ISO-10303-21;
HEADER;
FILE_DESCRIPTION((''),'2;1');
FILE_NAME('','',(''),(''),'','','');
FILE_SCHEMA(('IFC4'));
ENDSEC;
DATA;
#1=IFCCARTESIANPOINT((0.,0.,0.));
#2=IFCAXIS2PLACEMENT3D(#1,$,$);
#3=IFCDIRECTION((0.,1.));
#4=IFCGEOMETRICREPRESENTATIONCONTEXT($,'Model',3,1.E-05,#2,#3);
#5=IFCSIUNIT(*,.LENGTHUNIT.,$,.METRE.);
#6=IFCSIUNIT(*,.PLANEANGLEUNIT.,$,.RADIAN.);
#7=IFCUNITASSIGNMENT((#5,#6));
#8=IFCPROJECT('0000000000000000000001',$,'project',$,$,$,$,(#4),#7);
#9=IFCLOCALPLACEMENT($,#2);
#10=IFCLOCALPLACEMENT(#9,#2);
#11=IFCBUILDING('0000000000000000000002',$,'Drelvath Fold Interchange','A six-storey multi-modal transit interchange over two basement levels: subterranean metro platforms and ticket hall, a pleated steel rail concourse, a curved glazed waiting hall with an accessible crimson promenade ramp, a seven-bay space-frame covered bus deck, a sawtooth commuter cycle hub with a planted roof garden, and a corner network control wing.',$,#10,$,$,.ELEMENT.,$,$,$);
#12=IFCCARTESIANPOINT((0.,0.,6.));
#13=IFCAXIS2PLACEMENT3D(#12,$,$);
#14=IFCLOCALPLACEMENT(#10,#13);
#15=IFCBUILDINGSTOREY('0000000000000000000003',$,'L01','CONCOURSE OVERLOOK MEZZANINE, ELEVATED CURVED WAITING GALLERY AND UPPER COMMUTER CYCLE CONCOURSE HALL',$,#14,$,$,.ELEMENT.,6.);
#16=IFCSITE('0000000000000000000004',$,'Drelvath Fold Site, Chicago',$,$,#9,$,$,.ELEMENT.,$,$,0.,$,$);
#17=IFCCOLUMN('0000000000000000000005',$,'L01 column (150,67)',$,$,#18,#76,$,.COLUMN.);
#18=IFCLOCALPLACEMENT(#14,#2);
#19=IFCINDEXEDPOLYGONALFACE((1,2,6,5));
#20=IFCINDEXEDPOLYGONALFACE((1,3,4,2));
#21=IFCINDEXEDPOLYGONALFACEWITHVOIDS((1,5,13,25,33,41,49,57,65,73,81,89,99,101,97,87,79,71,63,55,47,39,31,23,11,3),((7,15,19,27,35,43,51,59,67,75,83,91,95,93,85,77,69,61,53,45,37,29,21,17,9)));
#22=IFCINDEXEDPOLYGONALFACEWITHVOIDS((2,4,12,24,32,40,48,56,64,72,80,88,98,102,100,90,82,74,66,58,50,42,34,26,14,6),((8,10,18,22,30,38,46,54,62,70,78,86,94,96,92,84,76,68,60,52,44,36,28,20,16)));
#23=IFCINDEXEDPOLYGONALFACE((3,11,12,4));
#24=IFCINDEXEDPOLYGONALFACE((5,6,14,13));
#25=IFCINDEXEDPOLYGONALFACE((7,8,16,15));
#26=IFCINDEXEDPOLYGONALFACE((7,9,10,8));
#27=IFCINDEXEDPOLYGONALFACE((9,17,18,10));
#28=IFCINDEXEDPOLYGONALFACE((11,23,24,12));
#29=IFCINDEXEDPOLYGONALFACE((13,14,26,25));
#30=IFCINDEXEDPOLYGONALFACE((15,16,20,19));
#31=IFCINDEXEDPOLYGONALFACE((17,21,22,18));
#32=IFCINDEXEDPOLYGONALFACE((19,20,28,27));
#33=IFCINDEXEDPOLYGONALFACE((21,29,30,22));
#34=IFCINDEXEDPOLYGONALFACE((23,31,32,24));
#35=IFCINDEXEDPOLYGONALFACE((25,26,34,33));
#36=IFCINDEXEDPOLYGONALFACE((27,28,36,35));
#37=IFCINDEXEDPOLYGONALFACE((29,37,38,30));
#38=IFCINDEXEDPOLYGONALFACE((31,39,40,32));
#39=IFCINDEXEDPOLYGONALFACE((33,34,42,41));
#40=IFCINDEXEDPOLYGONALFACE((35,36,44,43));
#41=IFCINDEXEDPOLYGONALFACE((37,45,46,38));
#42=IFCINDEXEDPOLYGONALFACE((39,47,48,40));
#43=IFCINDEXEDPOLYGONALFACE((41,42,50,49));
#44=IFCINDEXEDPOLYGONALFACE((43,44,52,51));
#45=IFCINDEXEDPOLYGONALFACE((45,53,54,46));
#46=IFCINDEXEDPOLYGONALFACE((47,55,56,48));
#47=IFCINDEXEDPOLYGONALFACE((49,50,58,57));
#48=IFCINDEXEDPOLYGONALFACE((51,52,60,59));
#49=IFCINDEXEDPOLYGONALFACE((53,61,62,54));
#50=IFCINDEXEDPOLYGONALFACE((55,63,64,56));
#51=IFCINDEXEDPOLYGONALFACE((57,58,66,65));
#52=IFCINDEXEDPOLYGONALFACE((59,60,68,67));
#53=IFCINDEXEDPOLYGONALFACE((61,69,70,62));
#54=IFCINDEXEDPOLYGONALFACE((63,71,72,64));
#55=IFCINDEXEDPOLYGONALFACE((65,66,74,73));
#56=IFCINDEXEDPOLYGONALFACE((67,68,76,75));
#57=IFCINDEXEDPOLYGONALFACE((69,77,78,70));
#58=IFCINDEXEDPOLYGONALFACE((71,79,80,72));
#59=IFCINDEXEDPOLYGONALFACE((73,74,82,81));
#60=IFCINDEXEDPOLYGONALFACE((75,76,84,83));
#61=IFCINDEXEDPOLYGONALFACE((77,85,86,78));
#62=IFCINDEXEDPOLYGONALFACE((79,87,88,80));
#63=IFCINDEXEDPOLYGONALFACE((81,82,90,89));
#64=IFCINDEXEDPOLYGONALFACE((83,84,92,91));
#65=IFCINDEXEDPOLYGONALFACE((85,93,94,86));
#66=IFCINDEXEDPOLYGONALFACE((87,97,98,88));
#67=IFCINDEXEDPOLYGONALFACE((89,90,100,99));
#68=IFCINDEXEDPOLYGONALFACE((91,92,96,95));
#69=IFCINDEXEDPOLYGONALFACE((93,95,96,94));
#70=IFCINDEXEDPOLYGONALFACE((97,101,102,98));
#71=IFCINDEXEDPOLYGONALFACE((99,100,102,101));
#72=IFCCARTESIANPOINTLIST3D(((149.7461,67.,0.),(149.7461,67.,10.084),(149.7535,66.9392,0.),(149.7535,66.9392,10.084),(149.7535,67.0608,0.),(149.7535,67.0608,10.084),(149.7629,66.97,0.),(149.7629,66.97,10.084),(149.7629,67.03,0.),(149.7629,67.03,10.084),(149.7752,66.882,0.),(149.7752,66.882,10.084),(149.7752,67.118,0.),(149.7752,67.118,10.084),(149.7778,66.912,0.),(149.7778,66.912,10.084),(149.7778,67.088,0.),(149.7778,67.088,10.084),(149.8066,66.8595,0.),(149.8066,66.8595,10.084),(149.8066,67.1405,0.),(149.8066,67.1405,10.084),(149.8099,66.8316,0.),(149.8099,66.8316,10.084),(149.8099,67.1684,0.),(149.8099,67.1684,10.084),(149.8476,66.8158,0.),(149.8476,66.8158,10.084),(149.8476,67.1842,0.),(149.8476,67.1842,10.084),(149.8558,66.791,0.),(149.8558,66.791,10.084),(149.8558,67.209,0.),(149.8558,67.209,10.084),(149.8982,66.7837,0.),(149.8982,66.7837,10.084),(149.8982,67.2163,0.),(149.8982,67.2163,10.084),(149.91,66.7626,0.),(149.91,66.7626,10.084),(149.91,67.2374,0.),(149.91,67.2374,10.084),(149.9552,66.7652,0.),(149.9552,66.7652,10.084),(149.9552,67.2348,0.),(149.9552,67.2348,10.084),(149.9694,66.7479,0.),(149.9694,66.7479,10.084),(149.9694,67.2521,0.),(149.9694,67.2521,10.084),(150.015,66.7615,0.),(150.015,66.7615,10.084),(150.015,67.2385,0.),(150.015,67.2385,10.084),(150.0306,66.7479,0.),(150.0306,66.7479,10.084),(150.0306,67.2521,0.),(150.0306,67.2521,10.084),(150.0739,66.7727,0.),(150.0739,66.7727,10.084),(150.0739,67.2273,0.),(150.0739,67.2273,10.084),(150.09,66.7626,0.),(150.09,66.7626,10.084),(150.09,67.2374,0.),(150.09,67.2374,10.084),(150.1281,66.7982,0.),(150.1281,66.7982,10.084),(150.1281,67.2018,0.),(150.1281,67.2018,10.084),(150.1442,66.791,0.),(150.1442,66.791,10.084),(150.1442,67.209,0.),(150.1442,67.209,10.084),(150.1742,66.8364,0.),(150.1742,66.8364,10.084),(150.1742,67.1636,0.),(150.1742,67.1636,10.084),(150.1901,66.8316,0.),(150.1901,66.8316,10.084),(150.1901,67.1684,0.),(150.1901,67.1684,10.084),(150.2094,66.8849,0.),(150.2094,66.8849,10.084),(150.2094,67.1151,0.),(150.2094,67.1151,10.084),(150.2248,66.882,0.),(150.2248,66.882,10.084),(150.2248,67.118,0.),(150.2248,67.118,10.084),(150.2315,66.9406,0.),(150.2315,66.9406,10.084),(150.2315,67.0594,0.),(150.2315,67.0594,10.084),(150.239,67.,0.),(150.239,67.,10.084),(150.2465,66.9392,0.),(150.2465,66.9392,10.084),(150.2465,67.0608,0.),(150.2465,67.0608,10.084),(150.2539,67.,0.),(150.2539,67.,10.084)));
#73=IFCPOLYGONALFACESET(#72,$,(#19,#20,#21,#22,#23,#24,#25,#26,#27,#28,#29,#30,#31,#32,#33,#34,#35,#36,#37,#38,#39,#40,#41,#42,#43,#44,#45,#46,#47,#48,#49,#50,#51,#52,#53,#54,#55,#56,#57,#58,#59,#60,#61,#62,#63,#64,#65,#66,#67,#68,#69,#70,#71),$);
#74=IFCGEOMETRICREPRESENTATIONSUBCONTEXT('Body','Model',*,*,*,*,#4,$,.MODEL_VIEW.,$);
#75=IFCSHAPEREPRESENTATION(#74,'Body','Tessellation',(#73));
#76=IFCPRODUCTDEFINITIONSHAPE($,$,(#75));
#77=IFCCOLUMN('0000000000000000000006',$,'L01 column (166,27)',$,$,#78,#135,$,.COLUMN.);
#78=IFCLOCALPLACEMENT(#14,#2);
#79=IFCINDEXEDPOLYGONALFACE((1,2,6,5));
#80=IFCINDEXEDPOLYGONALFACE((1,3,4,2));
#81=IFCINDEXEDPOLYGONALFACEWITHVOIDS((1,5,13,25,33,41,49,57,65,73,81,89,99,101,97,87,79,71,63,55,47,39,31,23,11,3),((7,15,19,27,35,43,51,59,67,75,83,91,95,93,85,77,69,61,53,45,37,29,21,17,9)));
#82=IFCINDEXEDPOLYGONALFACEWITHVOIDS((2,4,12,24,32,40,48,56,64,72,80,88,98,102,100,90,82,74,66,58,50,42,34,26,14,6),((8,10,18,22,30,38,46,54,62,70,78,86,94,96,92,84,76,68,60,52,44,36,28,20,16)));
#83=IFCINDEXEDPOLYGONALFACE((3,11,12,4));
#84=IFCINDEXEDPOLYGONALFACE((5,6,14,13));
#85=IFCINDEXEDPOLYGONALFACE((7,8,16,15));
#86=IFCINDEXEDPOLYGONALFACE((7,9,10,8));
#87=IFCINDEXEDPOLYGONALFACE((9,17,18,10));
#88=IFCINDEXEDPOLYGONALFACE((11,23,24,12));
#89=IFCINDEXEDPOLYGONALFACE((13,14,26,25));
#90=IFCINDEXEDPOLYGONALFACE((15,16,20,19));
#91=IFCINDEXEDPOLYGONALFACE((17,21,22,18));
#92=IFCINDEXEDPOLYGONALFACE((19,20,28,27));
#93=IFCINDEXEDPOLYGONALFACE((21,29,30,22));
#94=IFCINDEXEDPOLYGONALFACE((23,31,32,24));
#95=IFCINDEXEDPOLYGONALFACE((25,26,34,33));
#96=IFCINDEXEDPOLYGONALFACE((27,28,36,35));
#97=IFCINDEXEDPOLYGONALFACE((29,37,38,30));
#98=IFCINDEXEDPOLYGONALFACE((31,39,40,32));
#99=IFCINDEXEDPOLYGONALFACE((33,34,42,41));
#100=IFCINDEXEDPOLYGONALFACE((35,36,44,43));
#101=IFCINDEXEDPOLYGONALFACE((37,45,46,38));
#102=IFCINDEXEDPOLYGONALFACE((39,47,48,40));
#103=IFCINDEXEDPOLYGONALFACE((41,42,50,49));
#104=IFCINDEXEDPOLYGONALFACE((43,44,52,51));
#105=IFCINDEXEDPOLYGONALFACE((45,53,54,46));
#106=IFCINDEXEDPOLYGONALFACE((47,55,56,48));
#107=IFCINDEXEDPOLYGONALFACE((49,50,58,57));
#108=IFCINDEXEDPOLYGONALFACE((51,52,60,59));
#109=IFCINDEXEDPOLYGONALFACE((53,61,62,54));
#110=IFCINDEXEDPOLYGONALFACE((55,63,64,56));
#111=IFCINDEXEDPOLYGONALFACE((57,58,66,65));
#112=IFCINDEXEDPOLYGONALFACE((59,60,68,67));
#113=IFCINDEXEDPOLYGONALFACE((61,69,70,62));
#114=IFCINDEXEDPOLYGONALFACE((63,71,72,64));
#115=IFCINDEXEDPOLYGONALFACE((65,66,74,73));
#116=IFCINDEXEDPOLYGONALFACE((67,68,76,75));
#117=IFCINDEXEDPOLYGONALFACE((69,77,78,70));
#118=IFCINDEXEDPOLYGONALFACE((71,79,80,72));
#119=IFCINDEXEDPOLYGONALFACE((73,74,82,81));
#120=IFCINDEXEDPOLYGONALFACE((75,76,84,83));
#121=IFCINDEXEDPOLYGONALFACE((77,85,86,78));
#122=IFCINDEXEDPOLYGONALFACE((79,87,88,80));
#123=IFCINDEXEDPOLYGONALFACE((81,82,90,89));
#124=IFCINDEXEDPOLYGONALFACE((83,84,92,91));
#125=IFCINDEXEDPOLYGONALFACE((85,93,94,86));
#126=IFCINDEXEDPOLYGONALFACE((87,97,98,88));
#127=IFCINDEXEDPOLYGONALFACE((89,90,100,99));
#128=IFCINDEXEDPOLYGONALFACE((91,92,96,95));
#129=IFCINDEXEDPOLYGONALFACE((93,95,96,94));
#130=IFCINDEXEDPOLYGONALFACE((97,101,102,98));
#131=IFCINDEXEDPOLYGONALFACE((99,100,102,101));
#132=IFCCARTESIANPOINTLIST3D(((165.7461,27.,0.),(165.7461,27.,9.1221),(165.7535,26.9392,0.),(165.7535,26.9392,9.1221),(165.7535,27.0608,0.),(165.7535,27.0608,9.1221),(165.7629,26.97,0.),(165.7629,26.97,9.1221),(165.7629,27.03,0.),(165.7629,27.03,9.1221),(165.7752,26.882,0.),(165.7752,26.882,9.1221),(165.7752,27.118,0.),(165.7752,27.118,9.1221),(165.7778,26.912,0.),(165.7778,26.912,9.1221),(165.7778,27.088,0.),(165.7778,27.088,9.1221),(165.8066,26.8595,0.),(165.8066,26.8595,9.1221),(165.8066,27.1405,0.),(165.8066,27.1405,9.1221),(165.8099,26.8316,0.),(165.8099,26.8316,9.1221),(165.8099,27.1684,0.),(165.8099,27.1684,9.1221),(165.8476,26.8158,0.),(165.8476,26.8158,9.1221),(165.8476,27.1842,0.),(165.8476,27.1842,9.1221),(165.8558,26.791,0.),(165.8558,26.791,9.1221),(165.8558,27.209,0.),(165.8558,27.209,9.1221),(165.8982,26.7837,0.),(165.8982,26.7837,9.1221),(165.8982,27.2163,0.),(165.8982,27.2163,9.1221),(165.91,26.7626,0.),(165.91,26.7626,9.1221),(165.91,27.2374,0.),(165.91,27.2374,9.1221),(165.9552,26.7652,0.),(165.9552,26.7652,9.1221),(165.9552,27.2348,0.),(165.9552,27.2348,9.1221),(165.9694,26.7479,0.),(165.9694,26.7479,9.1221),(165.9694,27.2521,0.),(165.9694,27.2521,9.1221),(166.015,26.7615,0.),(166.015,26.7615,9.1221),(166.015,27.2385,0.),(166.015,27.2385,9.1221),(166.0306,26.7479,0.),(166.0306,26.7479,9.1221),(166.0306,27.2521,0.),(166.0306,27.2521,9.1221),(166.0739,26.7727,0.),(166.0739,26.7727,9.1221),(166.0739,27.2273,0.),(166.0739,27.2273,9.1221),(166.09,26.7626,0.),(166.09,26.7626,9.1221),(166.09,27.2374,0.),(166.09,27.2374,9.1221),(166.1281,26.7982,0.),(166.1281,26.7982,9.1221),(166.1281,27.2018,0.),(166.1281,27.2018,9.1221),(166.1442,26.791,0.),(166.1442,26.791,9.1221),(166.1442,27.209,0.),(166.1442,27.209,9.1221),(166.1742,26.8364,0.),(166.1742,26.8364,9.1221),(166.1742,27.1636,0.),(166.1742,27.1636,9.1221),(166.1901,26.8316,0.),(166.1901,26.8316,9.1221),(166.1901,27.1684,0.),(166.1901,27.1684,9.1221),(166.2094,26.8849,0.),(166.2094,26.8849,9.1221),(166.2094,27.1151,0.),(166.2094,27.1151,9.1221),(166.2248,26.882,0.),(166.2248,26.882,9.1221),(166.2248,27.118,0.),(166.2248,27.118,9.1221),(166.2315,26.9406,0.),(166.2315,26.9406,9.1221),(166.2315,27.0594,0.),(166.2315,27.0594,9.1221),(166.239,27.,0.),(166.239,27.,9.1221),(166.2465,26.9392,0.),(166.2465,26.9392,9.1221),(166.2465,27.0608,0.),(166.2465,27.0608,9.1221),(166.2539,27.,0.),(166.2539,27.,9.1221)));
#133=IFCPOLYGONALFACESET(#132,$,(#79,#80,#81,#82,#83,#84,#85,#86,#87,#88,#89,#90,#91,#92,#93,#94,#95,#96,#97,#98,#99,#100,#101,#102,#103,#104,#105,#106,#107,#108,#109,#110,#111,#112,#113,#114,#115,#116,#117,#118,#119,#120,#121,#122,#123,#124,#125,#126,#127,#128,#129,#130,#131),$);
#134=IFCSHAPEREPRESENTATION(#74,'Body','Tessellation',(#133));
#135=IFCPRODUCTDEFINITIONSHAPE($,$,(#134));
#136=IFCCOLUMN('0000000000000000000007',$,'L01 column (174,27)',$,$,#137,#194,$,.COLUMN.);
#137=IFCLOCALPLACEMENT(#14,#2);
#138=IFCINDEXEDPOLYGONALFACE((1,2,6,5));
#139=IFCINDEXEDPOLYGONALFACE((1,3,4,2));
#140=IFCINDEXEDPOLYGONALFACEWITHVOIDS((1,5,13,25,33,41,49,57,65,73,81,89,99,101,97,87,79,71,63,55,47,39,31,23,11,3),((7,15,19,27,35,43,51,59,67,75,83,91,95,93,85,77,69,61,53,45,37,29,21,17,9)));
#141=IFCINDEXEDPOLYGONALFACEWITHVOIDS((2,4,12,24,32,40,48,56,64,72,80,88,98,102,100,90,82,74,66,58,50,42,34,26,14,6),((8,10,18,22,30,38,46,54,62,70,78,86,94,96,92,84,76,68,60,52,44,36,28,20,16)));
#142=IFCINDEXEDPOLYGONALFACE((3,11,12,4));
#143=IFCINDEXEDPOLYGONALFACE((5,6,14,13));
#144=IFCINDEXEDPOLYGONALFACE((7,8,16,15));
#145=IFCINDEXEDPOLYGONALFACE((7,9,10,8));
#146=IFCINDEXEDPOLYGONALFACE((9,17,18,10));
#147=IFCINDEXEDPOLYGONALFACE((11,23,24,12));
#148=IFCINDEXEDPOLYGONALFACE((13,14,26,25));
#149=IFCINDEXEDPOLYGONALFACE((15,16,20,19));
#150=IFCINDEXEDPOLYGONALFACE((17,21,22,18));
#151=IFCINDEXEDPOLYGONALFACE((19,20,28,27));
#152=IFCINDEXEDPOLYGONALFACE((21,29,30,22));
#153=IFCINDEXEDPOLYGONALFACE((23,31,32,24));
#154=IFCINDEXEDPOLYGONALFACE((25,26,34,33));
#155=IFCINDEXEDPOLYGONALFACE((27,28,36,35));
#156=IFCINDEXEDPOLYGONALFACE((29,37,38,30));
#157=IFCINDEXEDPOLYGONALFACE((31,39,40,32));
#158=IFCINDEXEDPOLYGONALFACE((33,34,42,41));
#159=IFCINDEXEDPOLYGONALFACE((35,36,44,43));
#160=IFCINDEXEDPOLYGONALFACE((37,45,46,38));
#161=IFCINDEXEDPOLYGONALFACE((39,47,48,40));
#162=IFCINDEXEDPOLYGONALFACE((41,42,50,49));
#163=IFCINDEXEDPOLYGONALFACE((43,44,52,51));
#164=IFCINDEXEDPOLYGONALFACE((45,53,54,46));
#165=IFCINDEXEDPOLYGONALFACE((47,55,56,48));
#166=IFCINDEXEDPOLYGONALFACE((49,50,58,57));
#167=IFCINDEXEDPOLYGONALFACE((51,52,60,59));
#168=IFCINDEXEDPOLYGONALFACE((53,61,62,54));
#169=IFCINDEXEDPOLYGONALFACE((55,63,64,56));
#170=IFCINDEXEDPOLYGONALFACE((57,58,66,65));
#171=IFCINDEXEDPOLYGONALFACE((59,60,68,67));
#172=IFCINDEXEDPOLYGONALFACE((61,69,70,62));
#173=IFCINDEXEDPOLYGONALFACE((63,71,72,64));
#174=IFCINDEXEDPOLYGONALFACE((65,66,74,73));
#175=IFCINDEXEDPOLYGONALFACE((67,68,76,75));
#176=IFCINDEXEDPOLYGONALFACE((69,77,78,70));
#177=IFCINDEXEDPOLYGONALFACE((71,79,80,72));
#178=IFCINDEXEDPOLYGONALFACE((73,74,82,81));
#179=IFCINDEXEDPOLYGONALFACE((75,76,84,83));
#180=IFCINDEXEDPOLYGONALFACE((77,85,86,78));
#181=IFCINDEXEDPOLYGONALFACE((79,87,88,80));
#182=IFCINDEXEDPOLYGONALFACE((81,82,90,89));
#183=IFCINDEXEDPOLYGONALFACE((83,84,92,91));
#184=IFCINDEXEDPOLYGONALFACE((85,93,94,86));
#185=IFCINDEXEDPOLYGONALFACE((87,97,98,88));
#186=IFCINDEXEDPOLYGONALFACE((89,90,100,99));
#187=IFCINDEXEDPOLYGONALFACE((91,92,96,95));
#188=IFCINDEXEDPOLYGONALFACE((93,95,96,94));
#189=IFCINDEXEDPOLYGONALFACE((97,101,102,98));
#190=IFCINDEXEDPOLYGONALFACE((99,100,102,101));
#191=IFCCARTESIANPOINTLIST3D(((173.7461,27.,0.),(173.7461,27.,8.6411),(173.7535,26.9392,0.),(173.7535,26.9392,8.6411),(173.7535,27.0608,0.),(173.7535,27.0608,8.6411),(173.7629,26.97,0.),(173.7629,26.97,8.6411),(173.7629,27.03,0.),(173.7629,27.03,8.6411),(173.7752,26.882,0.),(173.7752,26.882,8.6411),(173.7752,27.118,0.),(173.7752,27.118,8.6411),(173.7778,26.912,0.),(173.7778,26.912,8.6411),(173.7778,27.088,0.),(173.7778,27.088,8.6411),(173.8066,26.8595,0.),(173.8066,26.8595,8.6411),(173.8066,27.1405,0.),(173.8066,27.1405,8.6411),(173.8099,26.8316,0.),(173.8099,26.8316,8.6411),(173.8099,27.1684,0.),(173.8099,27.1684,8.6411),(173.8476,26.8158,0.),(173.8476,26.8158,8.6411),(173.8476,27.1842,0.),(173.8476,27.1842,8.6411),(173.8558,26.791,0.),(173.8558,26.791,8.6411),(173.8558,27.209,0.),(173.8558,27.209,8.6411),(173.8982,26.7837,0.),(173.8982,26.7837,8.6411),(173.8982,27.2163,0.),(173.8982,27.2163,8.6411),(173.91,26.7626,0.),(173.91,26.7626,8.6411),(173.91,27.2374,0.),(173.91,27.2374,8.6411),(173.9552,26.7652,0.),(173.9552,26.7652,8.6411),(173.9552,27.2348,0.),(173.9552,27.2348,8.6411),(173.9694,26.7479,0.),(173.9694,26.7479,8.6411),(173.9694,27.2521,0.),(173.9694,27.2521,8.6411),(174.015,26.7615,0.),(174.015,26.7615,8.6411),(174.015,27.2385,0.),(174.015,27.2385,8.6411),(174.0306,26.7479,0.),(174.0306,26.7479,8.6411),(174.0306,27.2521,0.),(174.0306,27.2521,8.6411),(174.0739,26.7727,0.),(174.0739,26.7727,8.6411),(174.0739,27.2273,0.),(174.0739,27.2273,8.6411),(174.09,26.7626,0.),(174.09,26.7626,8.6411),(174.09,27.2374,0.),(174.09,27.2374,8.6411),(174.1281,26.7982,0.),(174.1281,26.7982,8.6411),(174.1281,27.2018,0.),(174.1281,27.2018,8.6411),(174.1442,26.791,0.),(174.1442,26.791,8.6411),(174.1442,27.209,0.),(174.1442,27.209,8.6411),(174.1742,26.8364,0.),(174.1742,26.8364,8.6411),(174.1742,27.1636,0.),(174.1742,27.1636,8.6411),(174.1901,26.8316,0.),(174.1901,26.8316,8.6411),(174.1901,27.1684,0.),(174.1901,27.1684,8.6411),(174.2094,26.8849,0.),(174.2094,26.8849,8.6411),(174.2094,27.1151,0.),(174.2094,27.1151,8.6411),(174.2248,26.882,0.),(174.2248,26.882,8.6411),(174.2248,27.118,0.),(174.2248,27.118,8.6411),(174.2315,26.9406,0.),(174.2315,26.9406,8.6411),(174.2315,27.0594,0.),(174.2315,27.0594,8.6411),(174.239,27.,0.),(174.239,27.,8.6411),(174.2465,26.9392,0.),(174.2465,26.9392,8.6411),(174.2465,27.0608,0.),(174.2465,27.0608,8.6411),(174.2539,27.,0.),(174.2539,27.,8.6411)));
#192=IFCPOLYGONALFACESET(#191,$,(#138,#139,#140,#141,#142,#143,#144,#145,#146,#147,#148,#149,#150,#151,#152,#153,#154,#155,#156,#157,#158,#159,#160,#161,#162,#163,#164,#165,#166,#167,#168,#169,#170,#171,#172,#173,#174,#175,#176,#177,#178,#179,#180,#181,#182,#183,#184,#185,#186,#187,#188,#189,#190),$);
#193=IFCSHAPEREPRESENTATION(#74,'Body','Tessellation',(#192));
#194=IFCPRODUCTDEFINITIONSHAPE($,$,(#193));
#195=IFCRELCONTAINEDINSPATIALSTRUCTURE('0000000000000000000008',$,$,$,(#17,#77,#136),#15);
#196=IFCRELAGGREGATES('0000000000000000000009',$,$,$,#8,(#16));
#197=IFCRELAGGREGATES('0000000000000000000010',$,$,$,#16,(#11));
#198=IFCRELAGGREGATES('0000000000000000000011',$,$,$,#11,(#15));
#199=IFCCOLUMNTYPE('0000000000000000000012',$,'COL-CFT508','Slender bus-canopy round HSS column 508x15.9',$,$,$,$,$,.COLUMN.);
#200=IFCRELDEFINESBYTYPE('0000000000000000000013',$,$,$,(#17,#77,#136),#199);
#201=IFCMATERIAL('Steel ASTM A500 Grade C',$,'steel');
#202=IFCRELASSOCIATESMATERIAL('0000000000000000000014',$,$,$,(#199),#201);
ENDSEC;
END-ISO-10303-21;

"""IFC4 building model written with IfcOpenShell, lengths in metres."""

from ifc_helpers import new_model, si_unit, direction, frame, origin, origin_2d, place, context, subcontext, project, spatial, hollow_circle, extrude, material, material_profile, profile_set, type_object, element, save


model = new_model("IFC4")

# Units and contexts
model_context = context("Model", 3, precision=1e-05, world=origin(), true_north=direction((0.0, 1.0)))
body_context = subcontext(model_context, "Body", "Model", "MODEL_VIEW")
ifc_project = project(units=[si_unit("LENGTHUNIT", "METRE"), si_unit("PLANEANGLEUNIT", "RADIAN")], contexts=[model_context])

# Site, building, storey
site_placement = place(None, origin())
site = spatial("IfcSite", under=ifc_project, at=site_placement, Name="Drelvath Fold Site, Chicago", CompositionType="ELEMENT", RefElevation=0.0)
building_placement = place(site_placement, origin())
building = spatial("IfcBuilding", under=site, at=building_placement, Name="Drelvath Fold Interchange", Description="A six-storey multi-modal transit interchange over two basement levels: subterranean metro platforms and ticket hall, a pleated steel rail concourse, a curved glazed waiting hall with an accessible crimson promenade ramp, a seven-bay space-frame covered bus deck, a sawtooth commuter cycle hub with a planted roof garden, and a corner network control wing.", CompositionType="ELEMENT")
storey_placement = place(building_placement, frame((0.0, 0.0, 6.0)))
storey = spatial("IfcBuildingStorey", under=building, at=storey_placement, Name="L01", Description="CONCOURSE OVERLOOK MEZZANINE, ELEVATED CURVED WAITING GALLERY AND UPPER COMMUTER CYCLE CONCOURSE HALL", CompositionType="ELEMENT", Elevation=6.0)

# Columns
ifc_material_1 = material(Name="Steel ASTM A500 Grade C", Category="steel")
ifc_material_profile_1 = material_profile(ifc_material_1, hollow_circle(Radius=0.2539, WallThickness=0.0149, at=origin_2d()), Name="HSS20.000X0.625")
ifc_profile_set_1 = profile_set([ifc_material_profile_1], Name="Steel ASTM A500 Grade C")
column_type_1 = type_object("IfcColumnType", Name="COL-CFT508", Description="Slender bus-canopy round HSS column 508x15.9", PredefinedType="COLUMN", material=ifc_profile_set_1)
column_1_placement = place(storey_placement, frame((150.0, 67.0, 0.0), z_axis=(0.0, 0.0, 1.0), x_axis=(1.0, 0.0, 0.0)))
element("IfcColumn", 1, at=column_1_placement, inside=storey, type_object=column_type_1, Name="L01 column (150,67)", PredefinedType="COLUMN", context=body_context, shape_type="SweptSolid", body=[
    extrude(hollow_circle(Radius=0.2539, WallThickness=0.0149, at=origin_2d()), origin(), (0.0, 0.0, 1.0), 10.084),
])
column_2_placement = place(storey_placement, frame((166.0, 27.0, 0.0), z_axis=(0.0, 0.0, 1.0), x_axis=(1.0, 0.0, 0.0)))
element("IfcColumn", 2, at=column_2_placement, inside=storey, type_object=column_type_1, Name="L01 column (166,27)", PredefinedType="COLUMN", context=body_context, shape_type="SweptSolid", body=[
    extrude(hollow_circle(Radius=0.2539, WallThickness=0.0149, at=origin_2d()), origin(), (0.0, 0.0, 1.0), 9.1221),
])
column_3_placement = place(storey_placement, frame((174.0, 27.0, 0.0), z_axis=(0.0, 0.0, 1.0), x_axis=(1.0, 0.0, 0.0)))
element("IfcColumn", 3, at=column_3_placement, inside=storey, type_object=column_type_1, Name="L01 column (174,27)", PredefinedType="COLUMN", context=body_context, shape_type="SweptSolid", body=[
    extrude(hollow_circle(Radius=0.2539, WallThickness=0.0149, at=origin_2d()), origin(), (0.0, 0.0, 1.0), 8.6411),
])

save(model, "model.ifc")
